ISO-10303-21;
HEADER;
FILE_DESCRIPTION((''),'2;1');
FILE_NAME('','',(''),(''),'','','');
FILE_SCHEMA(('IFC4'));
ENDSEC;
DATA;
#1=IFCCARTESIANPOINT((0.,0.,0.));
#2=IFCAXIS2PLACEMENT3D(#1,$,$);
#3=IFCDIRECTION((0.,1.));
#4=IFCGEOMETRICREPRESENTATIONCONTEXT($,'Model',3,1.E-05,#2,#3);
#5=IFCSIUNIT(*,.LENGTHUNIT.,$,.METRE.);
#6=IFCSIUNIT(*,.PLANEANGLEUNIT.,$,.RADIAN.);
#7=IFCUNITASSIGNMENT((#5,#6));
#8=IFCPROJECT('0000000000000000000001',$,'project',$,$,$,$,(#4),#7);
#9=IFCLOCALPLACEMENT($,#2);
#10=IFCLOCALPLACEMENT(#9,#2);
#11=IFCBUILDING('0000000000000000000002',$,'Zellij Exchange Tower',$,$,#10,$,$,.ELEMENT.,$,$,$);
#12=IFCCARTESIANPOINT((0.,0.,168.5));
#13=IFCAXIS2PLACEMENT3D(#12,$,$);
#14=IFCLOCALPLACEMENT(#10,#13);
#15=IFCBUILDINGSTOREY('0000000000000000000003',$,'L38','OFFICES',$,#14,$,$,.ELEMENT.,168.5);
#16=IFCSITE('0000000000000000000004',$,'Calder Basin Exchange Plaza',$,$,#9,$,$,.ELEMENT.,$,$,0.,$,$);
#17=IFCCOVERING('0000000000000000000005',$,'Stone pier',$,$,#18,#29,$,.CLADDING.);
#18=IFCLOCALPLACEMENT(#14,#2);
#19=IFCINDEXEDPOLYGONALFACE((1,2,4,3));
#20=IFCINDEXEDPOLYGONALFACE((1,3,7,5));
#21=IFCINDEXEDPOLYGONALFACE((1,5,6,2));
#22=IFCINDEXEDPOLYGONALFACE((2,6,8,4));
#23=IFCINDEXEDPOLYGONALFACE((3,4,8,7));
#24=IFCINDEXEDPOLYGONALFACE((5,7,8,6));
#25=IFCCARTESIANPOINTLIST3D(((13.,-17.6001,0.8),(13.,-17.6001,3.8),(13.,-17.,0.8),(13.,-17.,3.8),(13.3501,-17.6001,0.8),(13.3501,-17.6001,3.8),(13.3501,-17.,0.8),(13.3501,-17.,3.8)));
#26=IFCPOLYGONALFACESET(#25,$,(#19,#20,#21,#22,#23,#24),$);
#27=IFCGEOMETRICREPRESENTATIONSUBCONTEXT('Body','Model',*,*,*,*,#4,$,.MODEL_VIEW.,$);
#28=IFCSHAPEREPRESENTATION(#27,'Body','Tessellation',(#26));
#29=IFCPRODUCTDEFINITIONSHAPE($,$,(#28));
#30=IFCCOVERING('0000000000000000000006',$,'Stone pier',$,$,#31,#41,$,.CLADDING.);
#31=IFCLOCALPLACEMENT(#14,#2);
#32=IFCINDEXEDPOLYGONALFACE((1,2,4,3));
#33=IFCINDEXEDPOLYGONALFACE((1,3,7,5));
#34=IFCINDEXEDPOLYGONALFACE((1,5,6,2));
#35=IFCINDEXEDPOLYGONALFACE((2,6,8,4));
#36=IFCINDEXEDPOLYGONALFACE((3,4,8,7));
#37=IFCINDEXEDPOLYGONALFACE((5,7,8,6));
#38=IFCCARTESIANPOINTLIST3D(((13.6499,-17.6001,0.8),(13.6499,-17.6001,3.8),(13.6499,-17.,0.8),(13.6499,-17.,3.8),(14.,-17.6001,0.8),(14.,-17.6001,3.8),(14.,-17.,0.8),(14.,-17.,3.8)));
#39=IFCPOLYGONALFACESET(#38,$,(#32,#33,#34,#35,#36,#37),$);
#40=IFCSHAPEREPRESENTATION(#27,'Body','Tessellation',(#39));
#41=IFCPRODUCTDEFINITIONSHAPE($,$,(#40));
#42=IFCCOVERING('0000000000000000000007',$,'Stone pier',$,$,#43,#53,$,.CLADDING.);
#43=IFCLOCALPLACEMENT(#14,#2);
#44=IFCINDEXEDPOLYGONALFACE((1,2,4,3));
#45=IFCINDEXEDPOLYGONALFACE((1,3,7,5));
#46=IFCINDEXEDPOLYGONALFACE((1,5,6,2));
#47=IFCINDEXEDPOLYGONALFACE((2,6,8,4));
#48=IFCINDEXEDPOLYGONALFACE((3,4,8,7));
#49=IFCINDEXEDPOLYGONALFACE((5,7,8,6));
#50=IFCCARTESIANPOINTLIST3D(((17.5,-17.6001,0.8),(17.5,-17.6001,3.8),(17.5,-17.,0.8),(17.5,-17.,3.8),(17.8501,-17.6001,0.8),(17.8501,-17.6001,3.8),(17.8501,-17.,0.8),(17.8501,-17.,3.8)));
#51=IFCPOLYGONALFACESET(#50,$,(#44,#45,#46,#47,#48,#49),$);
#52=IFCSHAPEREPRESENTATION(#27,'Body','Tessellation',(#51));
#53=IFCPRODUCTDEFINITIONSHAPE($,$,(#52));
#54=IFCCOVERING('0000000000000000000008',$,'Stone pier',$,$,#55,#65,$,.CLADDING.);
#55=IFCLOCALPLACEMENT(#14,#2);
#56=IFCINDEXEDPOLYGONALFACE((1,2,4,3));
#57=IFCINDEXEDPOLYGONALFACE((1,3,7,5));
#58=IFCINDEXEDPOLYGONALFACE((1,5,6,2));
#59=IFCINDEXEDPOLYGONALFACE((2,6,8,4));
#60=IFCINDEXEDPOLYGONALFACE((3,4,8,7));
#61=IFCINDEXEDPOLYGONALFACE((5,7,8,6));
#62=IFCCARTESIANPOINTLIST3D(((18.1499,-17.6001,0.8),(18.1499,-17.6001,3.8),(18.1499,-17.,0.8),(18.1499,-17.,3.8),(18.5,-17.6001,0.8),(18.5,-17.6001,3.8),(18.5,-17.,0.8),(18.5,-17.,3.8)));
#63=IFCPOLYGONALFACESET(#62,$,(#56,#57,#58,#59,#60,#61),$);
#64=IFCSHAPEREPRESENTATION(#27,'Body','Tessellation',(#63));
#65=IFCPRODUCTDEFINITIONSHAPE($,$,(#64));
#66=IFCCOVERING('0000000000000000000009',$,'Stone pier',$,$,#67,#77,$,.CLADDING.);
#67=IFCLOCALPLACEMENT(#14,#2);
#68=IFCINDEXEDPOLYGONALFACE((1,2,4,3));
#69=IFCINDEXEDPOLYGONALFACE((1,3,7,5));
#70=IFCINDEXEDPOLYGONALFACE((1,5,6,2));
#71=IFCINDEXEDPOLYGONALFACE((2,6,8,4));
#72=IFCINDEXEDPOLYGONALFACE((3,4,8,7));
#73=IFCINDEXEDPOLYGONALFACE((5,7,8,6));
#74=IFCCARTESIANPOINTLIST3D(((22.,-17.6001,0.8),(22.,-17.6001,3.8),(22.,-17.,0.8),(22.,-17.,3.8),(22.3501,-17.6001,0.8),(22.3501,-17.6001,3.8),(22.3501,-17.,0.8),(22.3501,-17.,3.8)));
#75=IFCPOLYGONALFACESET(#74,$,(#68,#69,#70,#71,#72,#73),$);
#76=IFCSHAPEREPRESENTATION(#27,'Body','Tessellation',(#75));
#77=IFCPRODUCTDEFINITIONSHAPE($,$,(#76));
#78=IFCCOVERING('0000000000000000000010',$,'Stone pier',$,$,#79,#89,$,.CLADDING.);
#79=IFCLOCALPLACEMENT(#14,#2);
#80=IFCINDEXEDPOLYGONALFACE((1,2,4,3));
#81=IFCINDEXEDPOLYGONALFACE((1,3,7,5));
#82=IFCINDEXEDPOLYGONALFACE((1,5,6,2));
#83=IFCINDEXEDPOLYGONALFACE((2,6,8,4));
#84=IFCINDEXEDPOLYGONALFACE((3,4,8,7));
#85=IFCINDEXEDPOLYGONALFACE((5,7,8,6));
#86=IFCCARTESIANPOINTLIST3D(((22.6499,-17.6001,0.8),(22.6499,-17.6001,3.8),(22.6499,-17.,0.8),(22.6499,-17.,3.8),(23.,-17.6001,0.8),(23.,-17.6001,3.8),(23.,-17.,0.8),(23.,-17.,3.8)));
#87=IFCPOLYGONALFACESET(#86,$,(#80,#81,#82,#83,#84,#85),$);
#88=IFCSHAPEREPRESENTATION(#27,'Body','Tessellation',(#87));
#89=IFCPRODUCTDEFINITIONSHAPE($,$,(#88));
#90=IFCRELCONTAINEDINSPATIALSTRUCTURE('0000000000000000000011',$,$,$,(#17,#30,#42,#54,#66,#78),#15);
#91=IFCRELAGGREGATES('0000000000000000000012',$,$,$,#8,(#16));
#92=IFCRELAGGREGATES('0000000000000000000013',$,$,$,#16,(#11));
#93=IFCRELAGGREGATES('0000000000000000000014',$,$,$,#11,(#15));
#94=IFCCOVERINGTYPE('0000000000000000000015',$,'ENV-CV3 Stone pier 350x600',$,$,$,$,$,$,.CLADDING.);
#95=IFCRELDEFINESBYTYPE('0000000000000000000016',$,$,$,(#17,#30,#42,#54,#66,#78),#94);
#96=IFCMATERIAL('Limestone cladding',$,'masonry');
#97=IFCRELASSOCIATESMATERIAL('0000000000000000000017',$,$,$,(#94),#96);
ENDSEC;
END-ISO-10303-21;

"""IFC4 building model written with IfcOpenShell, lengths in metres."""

from ifc_helpers import new_model, si_unit, direction, frame, origin, place, context, subcontext, project, spatial, polyline, outline, extrude, material, type_object, element, save


model = new_model("IFC4")

# Units and contexts
model_context = context("Model", 3, precision=1e-05, world=origin(), true_north=direction((0.0, 1.0)))
body_context = subcontext(model_context, "Body", "Model", "MODEL_VIEW")
ifc_project = project(units=[si_unit("LENGTHUNIT", "METRE"), si_unit("PLANEANGLEUNIT", "RADIAN")], contexts=[model_context])

# Site, building, storey
site_placement = place(None, origin())
site = spatial("IfcSite", under=ifc_project, at=site_placement, Name="Calder Basin Exchange Plaza", CompositionType="ELEMENT", RefElevation=0.0)
building_placement = place(site_placement, origin())
building = spatial("IfcBuilding", under=site, at=building_placement, Name="Zellij Exchange Tower", CompositionType="ELEMENT")
storey_placement = place(building_placement, frame((0.0, 0.0, 168.5)))
storey = spatial("IfcBuildingStorey", under=building, at=storey_placement, Name="L38", Description="OFFICES", CompositionType="ELEMENT", Elevation=168.5)

# Coverings
ifc_material_1 = material(Name="Limestone cladding", Category="masonry")
covering_type = type_object("IfcCoveringType", Name="ENV-CV3 Stone pier 350x600", PredefinedType="CLADDING", material=ifc_material_1)
covering_1_placement = place(storey_placement, frame((0.0, 0.0, 0.8)))
element("IfcCovering", 1, at=covering_1_placement, inside=storey, type_object=covering_type, Name="Stone pier", PredefinedType="CLADDING", context=body_context, shape_type="SweptSolid", body=[
    extrude(outline(polyline([(13.0, -17.0), (13.3501, -17.0), (13.3501, -17.6001), (13.0, -17.6001), (13.0, -17.0)])), origin(), (0.0, 0.0, 1.0), 3.0),
])
covering_2_placement = place(storey_placement, frame((0.0, 0.0, 0.8)))
element("IfcCovering", 2, at=covering_2_placement, inside=storey, type_object=covering_type, Name="Stone pier", PredefinedType="CLADDING", context=body_context, shape_type="SweptSolid", body=[
    extrude(outline(polyline([(13.6499, -17.0), (14.0, -17.0), (14.0, -17.6001), (13.6499, -17.6001), (13.6499, -17.0)])), origin(), (0.0, 0.0, 1.0), 3.0),
])
covering_3_placement = place(storey_placement, frame((0.0, 0.0, 0.8)))
element("IfcCovering", 3, at=covering_3_placement, inside=storey, type_object=covering_type, Name="Stone pier", PredefinedType="CLADDING", context=body_context, shape_type="SweptSolid", body=[
    extrude(outline(polyline([(17.5, -17.0), (17.8501, -17.0), (17.8501, -17.6001), (17.5, -17.6001), (17.5, -17.0)])), origin(), (0.0, 0.0, 1.0), 3.0),
])
covering_4_placement = place(storey_placement, frame((0.0, 0.0, 0.8)))
element("IfcCovering", 4, at=covering_4_placement, inside=storey, type_object=covering_type, Name="Stone pier", PredefinedType="CLADDING", context=body_context, shape_type="SweptSolid", body=[
    extrude(outline(polyline([(18.1499, -17.0), (18.5, -17.0), (18.5, -17.6001), (18.1499, -17.6001), (18.1499, -17.0)])), origin(), (0.0, 0.0, 1.0), 3.0),
])
covering_5_placement = place(storey_placement, frame((0.0, 0.0, 0.8)))
element("IfcCovering", 5, at=covering_5_placement, inside=storey, type_object=covering_type, Name="Stone pier", PredefinedType="CLADDING", context=body_context, shape_type="SweptSolid", body=[
    extrude(outline(polyline([(22.0, -17.0), (22.3501, -17.0), (22.3501, -17.6001), (22.0, -17.6001), (22.0, -17.0)])), origin(), (0.0, 0.0, 1.0), 3.0),
])
covering_6_placement = place(storey_placement, frame((0.0, 0.0, 0.8)))
element("IfcCovering", 6, at=covering_6_placement, inside=storey, type_object=covering_type, Name="Stone pier", PredefinedType="CLADDING", context=body_context, shape_type="SweptSolid", body=[
    extrude(outline(polyline([(22.6499, -17.0), (23.0, -17.0), (23.0, -17.6001), (22.6499, -17.6001), (22.6499, -17.0)])), origin(), (0.0, 0.0, 1.0), 3.0),
])

save(model, "model.ifc")
